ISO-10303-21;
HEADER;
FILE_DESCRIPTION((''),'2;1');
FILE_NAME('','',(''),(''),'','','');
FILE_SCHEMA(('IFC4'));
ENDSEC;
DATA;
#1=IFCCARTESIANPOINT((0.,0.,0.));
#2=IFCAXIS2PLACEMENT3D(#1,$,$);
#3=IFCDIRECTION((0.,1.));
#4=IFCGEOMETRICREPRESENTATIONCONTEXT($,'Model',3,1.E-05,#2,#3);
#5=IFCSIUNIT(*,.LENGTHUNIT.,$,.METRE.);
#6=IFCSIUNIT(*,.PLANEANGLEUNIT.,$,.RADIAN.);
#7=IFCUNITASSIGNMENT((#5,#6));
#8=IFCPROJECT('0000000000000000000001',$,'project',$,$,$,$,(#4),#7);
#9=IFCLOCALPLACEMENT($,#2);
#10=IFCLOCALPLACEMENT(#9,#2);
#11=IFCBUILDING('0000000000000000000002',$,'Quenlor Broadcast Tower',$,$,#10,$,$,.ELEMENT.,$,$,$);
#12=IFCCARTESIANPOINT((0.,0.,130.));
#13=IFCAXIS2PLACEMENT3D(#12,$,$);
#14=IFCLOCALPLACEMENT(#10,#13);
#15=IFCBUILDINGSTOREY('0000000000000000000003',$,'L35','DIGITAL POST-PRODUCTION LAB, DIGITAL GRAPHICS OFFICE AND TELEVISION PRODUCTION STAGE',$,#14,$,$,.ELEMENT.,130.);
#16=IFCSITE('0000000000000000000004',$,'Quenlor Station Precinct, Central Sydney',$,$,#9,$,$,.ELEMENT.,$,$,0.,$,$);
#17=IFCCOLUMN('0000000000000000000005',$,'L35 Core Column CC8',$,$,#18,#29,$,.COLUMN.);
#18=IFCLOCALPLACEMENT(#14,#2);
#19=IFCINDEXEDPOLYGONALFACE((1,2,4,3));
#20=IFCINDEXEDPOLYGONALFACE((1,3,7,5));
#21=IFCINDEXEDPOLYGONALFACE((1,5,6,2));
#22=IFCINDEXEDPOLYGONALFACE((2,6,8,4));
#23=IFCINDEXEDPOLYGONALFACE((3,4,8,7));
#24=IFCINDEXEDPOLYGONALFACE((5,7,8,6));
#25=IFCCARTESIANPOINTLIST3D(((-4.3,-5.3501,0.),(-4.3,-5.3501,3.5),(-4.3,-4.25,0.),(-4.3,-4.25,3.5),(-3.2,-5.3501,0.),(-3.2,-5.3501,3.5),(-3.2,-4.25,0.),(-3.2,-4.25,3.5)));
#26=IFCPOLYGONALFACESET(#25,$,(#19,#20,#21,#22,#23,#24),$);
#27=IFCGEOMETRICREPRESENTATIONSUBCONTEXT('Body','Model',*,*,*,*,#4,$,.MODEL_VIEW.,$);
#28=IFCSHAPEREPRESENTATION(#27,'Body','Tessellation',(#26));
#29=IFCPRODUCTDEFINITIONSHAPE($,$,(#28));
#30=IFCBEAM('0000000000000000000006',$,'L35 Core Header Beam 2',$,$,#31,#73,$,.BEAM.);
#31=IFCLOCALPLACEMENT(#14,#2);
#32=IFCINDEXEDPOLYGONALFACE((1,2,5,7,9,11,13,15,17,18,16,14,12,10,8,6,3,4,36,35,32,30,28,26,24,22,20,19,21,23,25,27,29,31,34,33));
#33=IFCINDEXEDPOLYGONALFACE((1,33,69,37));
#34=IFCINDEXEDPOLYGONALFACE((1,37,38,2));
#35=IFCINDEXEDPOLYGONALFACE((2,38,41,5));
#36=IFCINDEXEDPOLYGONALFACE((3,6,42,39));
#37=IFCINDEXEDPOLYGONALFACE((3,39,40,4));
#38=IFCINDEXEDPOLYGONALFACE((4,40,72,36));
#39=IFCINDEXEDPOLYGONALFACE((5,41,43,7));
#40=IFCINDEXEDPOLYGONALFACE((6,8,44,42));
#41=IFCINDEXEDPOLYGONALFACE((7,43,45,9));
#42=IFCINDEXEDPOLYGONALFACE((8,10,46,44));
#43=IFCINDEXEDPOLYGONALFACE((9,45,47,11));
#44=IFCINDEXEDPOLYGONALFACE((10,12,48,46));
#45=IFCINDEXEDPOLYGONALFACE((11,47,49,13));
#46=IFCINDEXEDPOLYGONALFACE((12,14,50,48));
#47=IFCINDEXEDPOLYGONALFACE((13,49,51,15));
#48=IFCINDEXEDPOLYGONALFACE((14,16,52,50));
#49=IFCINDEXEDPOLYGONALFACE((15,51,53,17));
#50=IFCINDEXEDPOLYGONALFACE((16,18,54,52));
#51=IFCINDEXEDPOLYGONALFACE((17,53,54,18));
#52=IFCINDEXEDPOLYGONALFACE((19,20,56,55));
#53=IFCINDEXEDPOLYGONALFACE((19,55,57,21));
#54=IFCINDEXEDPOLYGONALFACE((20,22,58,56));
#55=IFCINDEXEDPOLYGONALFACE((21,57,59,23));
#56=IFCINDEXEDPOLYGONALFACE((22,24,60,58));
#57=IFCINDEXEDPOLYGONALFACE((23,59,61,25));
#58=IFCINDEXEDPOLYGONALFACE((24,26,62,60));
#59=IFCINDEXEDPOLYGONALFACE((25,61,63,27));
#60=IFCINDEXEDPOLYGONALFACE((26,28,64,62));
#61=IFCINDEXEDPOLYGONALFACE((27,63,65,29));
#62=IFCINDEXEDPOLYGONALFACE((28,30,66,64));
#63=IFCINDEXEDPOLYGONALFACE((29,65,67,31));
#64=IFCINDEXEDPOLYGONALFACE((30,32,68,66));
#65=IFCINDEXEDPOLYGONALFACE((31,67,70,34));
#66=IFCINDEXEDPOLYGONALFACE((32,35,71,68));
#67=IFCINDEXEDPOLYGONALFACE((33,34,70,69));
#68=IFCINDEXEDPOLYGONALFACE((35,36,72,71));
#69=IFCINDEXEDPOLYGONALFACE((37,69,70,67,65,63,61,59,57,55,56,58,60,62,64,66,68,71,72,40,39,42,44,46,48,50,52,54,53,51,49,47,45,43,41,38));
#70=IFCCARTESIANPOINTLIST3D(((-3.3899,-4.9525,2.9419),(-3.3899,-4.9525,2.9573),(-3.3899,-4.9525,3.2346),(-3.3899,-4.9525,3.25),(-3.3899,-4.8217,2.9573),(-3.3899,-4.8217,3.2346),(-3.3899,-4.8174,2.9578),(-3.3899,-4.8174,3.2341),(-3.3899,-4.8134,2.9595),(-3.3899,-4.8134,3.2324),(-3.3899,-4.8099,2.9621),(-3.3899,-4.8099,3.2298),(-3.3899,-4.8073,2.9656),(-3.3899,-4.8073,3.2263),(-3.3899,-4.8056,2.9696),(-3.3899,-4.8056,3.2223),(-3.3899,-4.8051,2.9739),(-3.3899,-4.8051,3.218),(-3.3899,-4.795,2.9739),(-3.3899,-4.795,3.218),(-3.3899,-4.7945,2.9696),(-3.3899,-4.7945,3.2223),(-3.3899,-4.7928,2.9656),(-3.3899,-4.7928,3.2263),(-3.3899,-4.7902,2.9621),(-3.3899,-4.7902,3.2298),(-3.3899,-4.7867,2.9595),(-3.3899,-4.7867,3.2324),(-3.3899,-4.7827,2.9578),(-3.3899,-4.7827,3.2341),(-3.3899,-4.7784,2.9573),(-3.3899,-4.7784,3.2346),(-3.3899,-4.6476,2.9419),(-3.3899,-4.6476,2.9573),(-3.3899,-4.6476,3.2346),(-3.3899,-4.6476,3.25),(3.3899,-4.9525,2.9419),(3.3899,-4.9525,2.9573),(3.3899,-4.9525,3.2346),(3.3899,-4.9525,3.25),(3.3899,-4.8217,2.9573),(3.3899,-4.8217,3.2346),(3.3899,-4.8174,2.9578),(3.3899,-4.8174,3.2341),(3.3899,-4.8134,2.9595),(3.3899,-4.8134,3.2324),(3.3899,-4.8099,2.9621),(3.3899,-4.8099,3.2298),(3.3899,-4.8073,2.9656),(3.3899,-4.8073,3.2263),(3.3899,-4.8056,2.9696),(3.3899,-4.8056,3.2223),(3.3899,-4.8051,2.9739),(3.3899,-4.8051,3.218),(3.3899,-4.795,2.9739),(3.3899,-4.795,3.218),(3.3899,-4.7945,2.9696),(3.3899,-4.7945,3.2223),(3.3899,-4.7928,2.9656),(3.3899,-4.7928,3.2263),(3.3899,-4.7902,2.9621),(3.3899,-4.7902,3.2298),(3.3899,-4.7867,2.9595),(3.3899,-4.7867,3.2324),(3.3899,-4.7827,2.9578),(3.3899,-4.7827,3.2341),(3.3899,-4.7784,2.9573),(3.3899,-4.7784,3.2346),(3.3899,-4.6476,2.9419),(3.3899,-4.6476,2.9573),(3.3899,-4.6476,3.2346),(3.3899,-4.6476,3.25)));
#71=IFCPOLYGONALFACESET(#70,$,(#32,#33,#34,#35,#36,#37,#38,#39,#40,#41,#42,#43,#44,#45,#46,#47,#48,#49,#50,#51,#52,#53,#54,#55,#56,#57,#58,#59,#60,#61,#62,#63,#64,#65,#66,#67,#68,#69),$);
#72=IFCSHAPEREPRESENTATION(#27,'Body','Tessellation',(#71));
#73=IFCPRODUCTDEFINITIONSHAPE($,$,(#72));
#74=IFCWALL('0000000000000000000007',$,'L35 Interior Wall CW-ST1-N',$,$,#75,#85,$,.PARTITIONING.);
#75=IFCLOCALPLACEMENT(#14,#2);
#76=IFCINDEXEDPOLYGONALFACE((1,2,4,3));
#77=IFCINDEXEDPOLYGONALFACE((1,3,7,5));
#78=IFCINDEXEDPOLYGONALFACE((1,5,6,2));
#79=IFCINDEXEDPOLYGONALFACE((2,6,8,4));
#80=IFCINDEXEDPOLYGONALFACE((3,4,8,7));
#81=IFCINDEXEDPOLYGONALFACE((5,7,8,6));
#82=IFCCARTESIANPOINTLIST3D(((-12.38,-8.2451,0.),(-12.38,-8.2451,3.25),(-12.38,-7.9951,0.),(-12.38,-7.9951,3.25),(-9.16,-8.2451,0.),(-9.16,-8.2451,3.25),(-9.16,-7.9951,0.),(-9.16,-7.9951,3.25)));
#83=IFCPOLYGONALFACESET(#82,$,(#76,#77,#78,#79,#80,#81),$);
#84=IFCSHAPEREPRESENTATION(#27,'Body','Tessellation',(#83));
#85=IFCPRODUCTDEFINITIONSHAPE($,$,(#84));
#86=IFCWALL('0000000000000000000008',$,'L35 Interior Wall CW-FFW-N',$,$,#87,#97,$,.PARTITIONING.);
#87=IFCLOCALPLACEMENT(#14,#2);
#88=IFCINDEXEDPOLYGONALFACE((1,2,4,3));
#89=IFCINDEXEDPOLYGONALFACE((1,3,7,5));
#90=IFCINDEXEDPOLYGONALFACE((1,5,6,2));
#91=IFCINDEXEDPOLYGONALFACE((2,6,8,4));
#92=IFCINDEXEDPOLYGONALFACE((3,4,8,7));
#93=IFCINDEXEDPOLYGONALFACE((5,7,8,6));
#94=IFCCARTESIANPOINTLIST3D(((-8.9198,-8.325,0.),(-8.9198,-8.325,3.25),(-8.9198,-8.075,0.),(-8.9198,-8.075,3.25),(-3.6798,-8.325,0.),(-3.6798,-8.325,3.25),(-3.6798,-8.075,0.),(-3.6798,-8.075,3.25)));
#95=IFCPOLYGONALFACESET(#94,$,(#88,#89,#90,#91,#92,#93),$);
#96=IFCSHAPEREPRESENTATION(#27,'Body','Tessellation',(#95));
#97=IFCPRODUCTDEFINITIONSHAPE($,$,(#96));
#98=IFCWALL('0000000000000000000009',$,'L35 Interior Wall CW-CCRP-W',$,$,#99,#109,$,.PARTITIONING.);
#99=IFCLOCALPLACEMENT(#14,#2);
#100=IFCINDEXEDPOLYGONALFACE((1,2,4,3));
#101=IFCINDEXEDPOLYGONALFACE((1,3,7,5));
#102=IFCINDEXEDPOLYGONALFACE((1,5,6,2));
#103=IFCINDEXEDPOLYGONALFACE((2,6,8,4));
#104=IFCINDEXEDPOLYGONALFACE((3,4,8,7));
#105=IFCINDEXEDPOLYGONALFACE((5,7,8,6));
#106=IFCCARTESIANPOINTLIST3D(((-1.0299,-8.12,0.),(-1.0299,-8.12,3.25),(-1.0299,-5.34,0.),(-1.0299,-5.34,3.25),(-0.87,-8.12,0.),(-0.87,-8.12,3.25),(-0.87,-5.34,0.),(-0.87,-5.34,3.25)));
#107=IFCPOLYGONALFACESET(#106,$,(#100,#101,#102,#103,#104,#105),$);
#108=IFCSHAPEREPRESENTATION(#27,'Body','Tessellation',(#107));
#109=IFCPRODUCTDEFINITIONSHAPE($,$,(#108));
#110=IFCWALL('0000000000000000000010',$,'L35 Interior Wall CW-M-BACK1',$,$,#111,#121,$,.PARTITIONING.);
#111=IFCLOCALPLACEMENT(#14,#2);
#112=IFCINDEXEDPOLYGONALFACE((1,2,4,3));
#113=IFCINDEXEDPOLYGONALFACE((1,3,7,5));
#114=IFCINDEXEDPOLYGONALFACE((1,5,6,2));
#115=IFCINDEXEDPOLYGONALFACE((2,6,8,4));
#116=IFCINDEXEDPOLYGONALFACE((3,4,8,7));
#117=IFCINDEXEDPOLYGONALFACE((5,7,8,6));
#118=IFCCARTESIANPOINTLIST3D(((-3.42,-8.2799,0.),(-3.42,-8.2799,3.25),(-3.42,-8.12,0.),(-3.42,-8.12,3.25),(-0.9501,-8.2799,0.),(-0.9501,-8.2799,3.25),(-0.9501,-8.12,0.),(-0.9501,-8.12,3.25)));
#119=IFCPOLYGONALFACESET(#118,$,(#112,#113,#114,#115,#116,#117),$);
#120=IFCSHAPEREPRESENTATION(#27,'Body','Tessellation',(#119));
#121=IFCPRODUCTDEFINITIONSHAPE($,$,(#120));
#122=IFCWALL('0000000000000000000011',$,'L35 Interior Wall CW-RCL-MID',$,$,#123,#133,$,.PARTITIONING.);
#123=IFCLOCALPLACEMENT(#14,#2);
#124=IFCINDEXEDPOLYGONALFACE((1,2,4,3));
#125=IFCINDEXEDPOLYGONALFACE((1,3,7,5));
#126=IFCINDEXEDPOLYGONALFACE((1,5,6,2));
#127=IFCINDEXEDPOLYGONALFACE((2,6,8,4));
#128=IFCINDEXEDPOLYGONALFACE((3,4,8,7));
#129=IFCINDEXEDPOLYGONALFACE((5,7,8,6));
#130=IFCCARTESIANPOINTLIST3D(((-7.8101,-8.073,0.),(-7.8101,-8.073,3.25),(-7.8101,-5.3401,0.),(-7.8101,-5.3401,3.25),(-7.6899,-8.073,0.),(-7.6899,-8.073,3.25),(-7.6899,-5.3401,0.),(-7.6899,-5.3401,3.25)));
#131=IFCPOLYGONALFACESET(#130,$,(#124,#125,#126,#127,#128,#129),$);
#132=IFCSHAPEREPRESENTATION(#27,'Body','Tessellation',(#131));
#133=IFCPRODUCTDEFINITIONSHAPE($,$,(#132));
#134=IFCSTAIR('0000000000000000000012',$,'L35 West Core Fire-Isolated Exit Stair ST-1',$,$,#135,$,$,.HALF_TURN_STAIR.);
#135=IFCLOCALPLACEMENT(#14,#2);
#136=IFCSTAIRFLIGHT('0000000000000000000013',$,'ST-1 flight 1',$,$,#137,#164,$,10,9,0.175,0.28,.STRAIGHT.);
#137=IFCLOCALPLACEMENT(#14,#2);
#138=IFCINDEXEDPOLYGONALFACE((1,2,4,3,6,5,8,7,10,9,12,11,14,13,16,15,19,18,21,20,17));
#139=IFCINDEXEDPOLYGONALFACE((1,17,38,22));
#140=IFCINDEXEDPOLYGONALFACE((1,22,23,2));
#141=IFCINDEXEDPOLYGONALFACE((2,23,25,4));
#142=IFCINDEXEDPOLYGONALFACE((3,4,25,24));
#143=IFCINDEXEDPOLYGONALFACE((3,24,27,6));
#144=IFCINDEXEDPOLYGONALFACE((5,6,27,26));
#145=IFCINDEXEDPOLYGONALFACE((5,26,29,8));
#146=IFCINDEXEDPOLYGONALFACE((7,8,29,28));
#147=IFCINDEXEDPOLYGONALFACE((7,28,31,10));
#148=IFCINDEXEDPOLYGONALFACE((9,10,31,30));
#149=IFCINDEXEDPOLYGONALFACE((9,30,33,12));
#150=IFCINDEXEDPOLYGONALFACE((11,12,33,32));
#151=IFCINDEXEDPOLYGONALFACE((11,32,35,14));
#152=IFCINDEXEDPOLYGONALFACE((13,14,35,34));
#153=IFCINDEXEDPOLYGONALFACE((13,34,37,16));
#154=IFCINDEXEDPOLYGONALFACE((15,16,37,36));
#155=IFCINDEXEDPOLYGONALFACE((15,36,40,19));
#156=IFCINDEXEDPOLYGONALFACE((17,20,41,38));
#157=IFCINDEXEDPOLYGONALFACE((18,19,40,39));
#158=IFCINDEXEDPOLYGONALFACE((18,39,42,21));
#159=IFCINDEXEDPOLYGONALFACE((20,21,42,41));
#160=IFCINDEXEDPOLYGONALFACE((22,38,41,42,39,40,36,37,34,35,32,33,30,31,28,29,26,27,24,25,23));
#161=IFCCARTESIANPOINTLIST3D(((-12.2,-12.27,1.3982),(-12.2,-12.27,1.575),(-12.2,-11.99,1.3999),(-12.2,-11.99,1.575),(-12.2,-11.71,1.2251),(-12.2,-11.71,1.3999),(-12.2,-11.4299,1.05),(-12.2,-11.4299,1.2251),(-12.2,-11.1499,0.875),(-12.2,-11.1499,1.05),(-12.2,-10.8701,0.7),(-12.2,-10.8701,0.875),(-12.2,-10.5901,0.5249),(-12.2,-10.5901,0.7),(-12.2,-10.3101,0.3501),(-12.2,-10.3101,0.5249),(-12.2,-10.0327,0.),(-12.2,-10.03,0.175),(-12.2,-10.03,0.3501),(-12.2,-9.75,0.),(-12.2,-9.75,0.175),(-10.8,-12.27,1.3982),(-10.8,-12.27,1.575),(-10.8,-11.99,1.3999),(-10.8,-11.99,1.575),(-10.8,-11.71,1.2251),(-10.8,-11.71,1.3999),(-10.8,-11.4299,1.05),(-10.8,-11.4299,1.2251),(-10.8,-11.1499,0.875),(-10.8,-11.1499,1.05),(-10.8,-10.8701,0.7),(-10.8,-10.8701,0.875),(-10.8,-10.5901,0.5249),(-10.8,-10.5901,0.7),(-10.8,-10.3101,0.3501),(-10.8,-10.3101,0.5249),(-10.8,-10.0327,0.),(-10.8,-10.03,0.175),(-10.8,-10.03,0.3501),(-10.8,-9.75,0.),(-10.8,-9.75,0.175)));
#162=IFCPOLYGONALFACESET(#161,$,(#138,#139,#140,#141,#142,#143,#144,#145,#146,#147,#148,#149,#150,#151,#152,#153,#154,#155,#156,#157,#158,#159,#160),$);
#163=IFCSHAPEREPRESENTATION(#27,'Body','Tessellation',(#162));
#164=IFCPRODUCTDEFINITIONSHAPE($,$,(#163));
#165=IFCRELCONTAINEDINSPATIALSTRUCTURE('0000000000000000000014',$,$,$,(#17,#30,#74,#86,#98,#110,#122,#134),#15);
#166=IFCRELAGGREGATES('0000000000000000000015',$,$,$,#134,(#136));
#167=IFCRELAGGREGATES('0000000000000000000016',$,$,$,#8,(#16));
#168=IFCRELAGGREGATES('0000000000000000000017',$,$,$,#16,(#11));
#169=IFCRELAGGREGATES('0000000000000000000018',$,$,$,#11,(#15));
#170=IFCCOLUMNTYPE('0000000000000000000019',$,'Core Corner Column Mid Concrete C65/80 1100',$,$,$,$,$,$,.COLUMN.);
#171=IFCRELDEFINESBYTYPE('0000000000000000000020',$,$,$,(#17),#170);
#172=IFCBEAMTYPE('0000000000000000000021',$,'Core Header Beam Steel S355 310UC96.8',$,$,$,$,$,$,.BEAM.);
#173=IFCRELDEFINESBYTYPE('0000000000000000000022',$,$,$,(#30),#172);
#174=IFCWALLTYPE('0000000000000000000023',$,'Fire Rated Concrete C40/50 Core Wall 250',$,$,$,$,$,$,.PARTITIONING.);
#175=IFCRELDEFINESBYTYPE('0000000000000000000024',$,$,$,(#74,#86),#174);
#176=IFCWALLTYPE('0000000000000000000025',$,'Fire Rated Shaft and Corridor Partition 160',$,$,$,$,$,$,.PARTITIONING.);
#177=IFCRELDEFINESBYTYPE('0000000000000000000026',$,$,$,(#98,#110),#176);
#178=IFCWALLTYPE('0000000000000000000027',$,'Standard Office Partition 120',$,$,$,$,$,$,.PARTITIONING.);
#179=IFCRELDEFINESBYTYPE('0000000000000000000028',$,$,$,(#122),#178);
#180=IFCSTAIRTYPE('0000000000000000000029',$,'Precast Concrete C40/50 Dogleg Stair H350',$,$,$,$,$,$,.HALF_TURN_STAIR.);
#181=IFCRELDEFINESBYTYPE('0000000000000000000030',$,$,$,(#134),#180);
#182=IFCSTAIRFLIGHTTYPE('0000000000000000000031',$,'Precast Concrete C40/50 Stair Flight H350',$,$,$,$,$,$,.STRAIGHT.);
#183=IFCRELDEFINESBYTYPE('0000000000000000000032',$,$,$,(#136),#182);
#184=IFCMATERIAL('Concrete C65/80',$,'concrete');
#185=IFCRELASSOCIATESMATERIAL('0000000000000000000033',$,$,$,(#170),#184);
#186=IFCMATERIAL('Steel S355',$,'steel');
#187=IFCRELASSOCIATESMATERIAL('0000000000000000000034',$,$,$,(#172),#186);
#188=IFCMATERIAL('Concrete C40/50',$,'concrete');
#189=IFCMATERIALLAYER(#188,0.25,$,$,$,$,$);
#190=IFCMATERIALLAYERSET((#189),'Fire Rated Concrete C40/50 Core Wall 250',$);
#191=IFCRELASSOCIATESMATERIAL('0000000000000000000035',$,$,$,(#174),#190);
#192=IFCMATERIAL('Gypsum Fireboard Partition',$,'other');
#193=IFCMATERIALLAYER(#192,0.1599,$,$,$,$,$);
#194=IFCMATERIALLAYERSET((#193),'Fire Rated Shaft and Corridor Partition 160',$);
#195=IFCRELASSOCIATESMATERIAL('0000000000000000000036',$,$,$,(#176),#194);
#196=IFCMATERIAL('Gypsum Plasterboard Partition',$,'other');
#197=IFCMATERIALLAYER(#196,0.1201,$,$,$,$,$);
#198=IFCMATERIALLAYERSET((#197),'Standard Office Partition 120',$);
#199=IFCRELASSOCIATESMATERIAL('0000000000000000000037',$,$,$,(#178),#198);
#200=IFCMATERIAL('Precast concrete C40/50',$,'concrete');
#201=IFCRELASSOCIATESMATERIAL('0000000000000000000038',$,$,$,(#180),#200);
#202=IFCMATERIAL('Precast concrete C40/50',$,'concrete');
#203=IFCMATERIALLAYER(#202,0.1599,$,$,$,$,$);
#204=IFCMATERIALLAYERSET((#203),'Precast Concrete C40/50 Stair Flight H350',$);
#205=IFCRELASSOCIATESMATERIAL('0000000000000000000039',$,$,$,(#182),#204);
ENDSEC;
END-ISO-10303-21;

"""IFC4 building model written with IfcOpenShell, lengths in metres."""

from ifc_helpers import new_model, si_unit, direction, frame, frame_2d, origin, origin_2d, place, context, subcontext, project, spatial, polyline, rectangle, i_section, outline, extrude, material, layer, layer_set, material_profile, profile_set, type_object, element, aggregate, save


model = new_model("IFC4")

# Units and contexts
model_context = context("Model", 3, precision=1e-05, world=origin(), true_north=direction((0.0, 1.0)))
body_context = subcontext(model_context, "Body", "Model", "MODEL_VIEW")
ifc_project = project(units=[si_unit("LENGTHUNIT", "METRE"), si_unit("PLANEANGLEUNIT", "RADIAN")], contexts=[model_context])

# Site, building, storey
site_placement = place(None, origin())
site = spatial("IfcSite", under=ifc_project, at=site_placement, Name="Quenlor Station Precinct, Central Sydney", CompositionType="ELEMENT", RefElevation=0.0)
building_placement = place(site_placement, origin())
building = spatial("IfcBuilding", under=site, at=building_placement, Name="Quenlor Broadcast Tower", CompositionType="ELEMENT")
storey_placement = place(building_placement, frame((0.0, 0.0, 130.0)))
storey = spatial("IfcBuildingStorey", under=building, at=storey_placement, Name="L35", Description="DIGITAL POST-PRODUCTION LAB, DIGITAL GRAPHICS OFFICE AND TELEVISION PRODUCTION STAGE", CompositionType="ELEMENT", Elevation=130.0)

# Column
ifc_material_1 = material(Name="Concrete C65/80", Category="concrete")
ifc_material_profile_1 = material_profile(ifc_material_1, rectangle(XDim=1.1001, YDim=1.1001, at=origin_2d()))
ifc_profile_set_1 = profile_set([ifc_material_profile_1], Name="Concrete C65/80 RC1100x1100")
column_type = type_object("IfcColumnType", Name="Core Corner Column Mid Concrete C65/80 1100", PredefinedType="COLUMN", material=ifc_profile_set_1)
column_placement = place(storey_placement, frame((-3.75, -4.8, 0.0), z_axis=(0.0, 0.0, 1.0), x_axis=(1.0, 0.0, 0.0)))
element("IfcColumn", 1, at=column_placement, inside=storey, type_object=column_type, Name="L35 Core Column CC8", PredefinedType="COLUMN", context=body_context, shape_type="SweptSolid", body=[
    extrude(rectangle(XDim=1.1001, YDim=1.1001, at=origin_2d()), origin(), (0.0, 0.0, 1.0), 3.5),
])

# Beam
ifc_material_2 = material(Name="Steel S355", Category="steel")
ifc_material_profile_2 = material_profile(ifc_material_2, i_section(OverallWidth=0.3049, OverallDepth=0.3081, WebThickness=0.01, FlangeThickness=0.0154, FilletRadius=0.0166, at=origin_2d()))
ifc_profile_set_2 = profile_set([ifc_material_profile_2], Name="Steel S355 310UC96.8")
beam_type = type_object("IfcBeamType", Name="Core Header Beam Steel S355 310UC96.8", PredefinedType="BEAM", material=ifc_profile_set_2)
beam_placement = place(storey_placement, frame((-3.3899, -4.8, 3.0959), z_axis=(1.0, 0.0, 0.0), x_axis=(0.0, 1.0, 0.0)))
element("IfcBeam", 2, at=beam_placement, inside=storey, type_object=beam_type, Name="L35 Core Header Beam 2", PredefinedType="BEAM", context=body_context, shape_type="SweptSolid", body=[
    extrude(i_section(OverallWidth=0.3049, OverallDepth=0.3081, WebThickness=0.01, FlangeThickness=0.0154, FilletRadius=0.0166, at=origin_2d()), origin(), (0.0, 0.0, 1.0), 6.7798),
])

# Shared definitions
ifc_material_3 = material(Name="Concrete C40/50", Category="concrete")
ifc_layer_1 = layer(ifc_material_3, 0.25)
ifc_layer_set_1 = layer_set([ifc_layer_1], Name="Fire Rated Concrete C40/50 Core Wall 250")
wall_type_1 = type_object("IfcWallType", Name="Fire Rated Concrete C40/50 Core Wall 250", PredefinedType="PARTITIONING", material=ifc_layer_set_1)

# Walls
wall_1_placement = place(storey_placement, frame((-12.3799, -8.1201, 0.0), z_axis=(0.0, 0.0, 1.0), x_axis=(1.0, 0.0, 0.0)))
element("IfcWall", 3, at=wall_1_placement, inside=storey, type_object=wall_type_1, Name="L35 Interior Wall CW-ST1-N", PredefinedType="PARTITIONING", context=body_context, shape_type="SweptSolid", body=[
    extrude(rectangle(XDim=3.22, YDim=0.25, at=frame_2d((1.6099, 0.0))), origin(), (0.0, 0.0, 1.0), 3.25),
])
wall_2_placement = place(storey_placement, frame((-8.9199, -8.2, 0.0), z_axis=(0.0, 0.0, 1.0), x_axis=(1.0, 0.0, 0.0)))
element("IfcWall", 4, at=wall_2_placement, inside=storey, type_object=wall_type_1, Name="L35 Interior Wall CW-FFW-N", PredefinedType="PARTITIONING", context=body_context, shape_type="SweptSolid", body=[
    extrude(rectangle(XDim=5.24, YDim=0.25, at=frame_2d((2.6201, 0.0))), origin(), (0.0, 0.0, 1.0), 3.25),
])

# Walls
ifc_material_4 = material(Name="Gypsum Fireboard Partition", Category="other")
ifc_layer_2 = layer(ifc_material_4, 0.1599)
ifc_layer_set_2 = layer_set([ifc_layer_2], Name="Fire Rated Shaft and Corridor Partition 160")
wall_type_2 = type_object("IfcWallType", Name="Fire Rated Shaft and Corridor Partition 160", PredefinedType="PARTITIONING", material=ifc_layer_set_2)
wall_3_placement = place(storey_placement, frame((-0.95, -8.1201, 0.0), z_axis=(0.0, 0.0, 1.0), x_axis=(0.0, 1.0, 0.0)))
element("IfcWall", 5, at=wall_3_placement, inside=storey, type_object=wall_type_2, Name="L35 Interior Wall CW-CCRP-W", PredefinedType="PARTITIONING", context=body_context, shape_type="SweptSolid", body=[
    extrude(rectangle(XDim=2.78, YDim=0.1599, at=frame_2d((1.3901, 0.0))), origin(), (0.0, 0.0, 1.0), 3.25),
])
wall_4_placement = place(storey_placement, frame((-3.4199, -8.2, 0.0), z_axis=(0.0, 0.0, 1.0), x_axis=(1.0, 0.0, 0.0)))
element("IfcWall", 6, at=wall_4_placement, inside=storey, type_object=wall_type_2, Name="L35 Interior Wall CW-M-BACK1", PredefinedType="PARTITIONING", context=body_context, shape_type="SweptSolid", body=[
    extrude(rectangle(XDim=2.47, YDim=0.1599, at=frame_2d((1.2349, 0.0))), origin(), (0.0, 0.0, 1.0), 3.25),
])
ifc_material_5 = material(Name="Gypsum Plasterboard Partition", Category="other")
ifc_layer_3 = layer(ifc_material_5, 0.1201)
ifc_layer_set_3 = layer_set([ifc_layer_3], Name="Standard Office Partition 120")
wall_type_3 = type_object("IfcWallType", Name="Standard Office Partition 120", PredefinedType="PARTITIONING", material=ifc_layer_set_3)
wall_5_placement = place(storey_placement, frame((-7.75, -8.073, 0.0), z_axis=(0.0, 0.0, 1.0), x_axis=(0.0, 1.0, 0.0)))
element("IfcWall", 7, at=wall_5_placement, inside=storey, type_object=wall_type_3, Name="L35 Interior Wall CW-RCL-MID", PredefinedType="PARTITIONING", context=body_context, shape_type="SweptSolid", body=[
    extrude(rectangle(XDim=2.7329, YDim=0.1201, at=frame_2d((1.3665, 0.0))), origin(), (0.0, 0.0, 1.0), 3.25),
])

# Stair, stair flight
ifc_material_6 = material(Name="Precast concrete C40/50", Category="concrete")
stair_type = type_object("IfcStairType", Name="Precast Concrete C40/50 Dogleg Stair H350", PredefinedType="HALF_TURN_STAIR", material=ifc_material_6)
stair_placement = place(storey_placement, origin())
stair = element("IfcStair", 8, at=stair_placement, inside=storey, type_object=stair_type, Name="L35 West Core Fire-Isolated Exit Stair ST-1", PredefinedType="HALF_TURN_STAIR")
ifc_material_7 = material(Name="Precast concrete C40/50", Category="concrete")
ifc_layer_4 = layer(ifc_material_7, 0.1599)
ifc_layer_set_4 = layer_set([ifc_layer_4], Name="Precast Concrete C40/50 Stair Flight H350")
stair_flight_type = type_object("IfcStairFlightType", Name="Precast Concrete C40/50 Stair Flight H350", PredefinedType="STRAIGHT", material=ifc_layer_set_4)
stair_flight_placement = place(storey_placement, frame((-11.5, -9.75, 0.0), z_axis=(0.0, 0.0, 1.0), x_axis=(0.0, -1.0, 0.0)))
stair_flight = element("IfcStairFlight", 9, at=stair_flight_placement, type_object=stair_flight_type, Name="ST-1 flight 1", NumberOfRisers=10, NumberOfTreads=9, PredefinedType="STRAIGHT", RiserHeight=0.175, TreadLength=0.28, context=body_context, shape_type="SweptSolid", body=[
    extrude(outline(polyline([(0.0, 0.0), (0.0, 0.175), (0.28, 0.175), (0.28, 0.3501), (0.5601, 0.3501), (0.5601, 0.5249), (0.8401, 0.5249), (0.8401, 0.7), (1.1201, 0.7), (1.1201, 0.875), (1.3999, 0.875), (1.3999, 1.05), (1.6799, 1.05), (1.6799, 1.2251), (1.96, 1.2251), (1.96, 1.3999), (2.24, 1.3999), (2.24, 1.575), (2.52, 1.575), (2.52, 1.75), (2.52, 1.3982), (0.2827, 0.0), (0.0, 0.0)])), frame((0.0, 0.7, 0.0), z_axis=(0.0, -1.0, 0.0), x_axis=(1.0, 0.0, 0.0)), (0.0, 0.0, 1.0), 1.3999),
])
aggregate(stair, [stair_flight])

save(model, "model.ifc")
